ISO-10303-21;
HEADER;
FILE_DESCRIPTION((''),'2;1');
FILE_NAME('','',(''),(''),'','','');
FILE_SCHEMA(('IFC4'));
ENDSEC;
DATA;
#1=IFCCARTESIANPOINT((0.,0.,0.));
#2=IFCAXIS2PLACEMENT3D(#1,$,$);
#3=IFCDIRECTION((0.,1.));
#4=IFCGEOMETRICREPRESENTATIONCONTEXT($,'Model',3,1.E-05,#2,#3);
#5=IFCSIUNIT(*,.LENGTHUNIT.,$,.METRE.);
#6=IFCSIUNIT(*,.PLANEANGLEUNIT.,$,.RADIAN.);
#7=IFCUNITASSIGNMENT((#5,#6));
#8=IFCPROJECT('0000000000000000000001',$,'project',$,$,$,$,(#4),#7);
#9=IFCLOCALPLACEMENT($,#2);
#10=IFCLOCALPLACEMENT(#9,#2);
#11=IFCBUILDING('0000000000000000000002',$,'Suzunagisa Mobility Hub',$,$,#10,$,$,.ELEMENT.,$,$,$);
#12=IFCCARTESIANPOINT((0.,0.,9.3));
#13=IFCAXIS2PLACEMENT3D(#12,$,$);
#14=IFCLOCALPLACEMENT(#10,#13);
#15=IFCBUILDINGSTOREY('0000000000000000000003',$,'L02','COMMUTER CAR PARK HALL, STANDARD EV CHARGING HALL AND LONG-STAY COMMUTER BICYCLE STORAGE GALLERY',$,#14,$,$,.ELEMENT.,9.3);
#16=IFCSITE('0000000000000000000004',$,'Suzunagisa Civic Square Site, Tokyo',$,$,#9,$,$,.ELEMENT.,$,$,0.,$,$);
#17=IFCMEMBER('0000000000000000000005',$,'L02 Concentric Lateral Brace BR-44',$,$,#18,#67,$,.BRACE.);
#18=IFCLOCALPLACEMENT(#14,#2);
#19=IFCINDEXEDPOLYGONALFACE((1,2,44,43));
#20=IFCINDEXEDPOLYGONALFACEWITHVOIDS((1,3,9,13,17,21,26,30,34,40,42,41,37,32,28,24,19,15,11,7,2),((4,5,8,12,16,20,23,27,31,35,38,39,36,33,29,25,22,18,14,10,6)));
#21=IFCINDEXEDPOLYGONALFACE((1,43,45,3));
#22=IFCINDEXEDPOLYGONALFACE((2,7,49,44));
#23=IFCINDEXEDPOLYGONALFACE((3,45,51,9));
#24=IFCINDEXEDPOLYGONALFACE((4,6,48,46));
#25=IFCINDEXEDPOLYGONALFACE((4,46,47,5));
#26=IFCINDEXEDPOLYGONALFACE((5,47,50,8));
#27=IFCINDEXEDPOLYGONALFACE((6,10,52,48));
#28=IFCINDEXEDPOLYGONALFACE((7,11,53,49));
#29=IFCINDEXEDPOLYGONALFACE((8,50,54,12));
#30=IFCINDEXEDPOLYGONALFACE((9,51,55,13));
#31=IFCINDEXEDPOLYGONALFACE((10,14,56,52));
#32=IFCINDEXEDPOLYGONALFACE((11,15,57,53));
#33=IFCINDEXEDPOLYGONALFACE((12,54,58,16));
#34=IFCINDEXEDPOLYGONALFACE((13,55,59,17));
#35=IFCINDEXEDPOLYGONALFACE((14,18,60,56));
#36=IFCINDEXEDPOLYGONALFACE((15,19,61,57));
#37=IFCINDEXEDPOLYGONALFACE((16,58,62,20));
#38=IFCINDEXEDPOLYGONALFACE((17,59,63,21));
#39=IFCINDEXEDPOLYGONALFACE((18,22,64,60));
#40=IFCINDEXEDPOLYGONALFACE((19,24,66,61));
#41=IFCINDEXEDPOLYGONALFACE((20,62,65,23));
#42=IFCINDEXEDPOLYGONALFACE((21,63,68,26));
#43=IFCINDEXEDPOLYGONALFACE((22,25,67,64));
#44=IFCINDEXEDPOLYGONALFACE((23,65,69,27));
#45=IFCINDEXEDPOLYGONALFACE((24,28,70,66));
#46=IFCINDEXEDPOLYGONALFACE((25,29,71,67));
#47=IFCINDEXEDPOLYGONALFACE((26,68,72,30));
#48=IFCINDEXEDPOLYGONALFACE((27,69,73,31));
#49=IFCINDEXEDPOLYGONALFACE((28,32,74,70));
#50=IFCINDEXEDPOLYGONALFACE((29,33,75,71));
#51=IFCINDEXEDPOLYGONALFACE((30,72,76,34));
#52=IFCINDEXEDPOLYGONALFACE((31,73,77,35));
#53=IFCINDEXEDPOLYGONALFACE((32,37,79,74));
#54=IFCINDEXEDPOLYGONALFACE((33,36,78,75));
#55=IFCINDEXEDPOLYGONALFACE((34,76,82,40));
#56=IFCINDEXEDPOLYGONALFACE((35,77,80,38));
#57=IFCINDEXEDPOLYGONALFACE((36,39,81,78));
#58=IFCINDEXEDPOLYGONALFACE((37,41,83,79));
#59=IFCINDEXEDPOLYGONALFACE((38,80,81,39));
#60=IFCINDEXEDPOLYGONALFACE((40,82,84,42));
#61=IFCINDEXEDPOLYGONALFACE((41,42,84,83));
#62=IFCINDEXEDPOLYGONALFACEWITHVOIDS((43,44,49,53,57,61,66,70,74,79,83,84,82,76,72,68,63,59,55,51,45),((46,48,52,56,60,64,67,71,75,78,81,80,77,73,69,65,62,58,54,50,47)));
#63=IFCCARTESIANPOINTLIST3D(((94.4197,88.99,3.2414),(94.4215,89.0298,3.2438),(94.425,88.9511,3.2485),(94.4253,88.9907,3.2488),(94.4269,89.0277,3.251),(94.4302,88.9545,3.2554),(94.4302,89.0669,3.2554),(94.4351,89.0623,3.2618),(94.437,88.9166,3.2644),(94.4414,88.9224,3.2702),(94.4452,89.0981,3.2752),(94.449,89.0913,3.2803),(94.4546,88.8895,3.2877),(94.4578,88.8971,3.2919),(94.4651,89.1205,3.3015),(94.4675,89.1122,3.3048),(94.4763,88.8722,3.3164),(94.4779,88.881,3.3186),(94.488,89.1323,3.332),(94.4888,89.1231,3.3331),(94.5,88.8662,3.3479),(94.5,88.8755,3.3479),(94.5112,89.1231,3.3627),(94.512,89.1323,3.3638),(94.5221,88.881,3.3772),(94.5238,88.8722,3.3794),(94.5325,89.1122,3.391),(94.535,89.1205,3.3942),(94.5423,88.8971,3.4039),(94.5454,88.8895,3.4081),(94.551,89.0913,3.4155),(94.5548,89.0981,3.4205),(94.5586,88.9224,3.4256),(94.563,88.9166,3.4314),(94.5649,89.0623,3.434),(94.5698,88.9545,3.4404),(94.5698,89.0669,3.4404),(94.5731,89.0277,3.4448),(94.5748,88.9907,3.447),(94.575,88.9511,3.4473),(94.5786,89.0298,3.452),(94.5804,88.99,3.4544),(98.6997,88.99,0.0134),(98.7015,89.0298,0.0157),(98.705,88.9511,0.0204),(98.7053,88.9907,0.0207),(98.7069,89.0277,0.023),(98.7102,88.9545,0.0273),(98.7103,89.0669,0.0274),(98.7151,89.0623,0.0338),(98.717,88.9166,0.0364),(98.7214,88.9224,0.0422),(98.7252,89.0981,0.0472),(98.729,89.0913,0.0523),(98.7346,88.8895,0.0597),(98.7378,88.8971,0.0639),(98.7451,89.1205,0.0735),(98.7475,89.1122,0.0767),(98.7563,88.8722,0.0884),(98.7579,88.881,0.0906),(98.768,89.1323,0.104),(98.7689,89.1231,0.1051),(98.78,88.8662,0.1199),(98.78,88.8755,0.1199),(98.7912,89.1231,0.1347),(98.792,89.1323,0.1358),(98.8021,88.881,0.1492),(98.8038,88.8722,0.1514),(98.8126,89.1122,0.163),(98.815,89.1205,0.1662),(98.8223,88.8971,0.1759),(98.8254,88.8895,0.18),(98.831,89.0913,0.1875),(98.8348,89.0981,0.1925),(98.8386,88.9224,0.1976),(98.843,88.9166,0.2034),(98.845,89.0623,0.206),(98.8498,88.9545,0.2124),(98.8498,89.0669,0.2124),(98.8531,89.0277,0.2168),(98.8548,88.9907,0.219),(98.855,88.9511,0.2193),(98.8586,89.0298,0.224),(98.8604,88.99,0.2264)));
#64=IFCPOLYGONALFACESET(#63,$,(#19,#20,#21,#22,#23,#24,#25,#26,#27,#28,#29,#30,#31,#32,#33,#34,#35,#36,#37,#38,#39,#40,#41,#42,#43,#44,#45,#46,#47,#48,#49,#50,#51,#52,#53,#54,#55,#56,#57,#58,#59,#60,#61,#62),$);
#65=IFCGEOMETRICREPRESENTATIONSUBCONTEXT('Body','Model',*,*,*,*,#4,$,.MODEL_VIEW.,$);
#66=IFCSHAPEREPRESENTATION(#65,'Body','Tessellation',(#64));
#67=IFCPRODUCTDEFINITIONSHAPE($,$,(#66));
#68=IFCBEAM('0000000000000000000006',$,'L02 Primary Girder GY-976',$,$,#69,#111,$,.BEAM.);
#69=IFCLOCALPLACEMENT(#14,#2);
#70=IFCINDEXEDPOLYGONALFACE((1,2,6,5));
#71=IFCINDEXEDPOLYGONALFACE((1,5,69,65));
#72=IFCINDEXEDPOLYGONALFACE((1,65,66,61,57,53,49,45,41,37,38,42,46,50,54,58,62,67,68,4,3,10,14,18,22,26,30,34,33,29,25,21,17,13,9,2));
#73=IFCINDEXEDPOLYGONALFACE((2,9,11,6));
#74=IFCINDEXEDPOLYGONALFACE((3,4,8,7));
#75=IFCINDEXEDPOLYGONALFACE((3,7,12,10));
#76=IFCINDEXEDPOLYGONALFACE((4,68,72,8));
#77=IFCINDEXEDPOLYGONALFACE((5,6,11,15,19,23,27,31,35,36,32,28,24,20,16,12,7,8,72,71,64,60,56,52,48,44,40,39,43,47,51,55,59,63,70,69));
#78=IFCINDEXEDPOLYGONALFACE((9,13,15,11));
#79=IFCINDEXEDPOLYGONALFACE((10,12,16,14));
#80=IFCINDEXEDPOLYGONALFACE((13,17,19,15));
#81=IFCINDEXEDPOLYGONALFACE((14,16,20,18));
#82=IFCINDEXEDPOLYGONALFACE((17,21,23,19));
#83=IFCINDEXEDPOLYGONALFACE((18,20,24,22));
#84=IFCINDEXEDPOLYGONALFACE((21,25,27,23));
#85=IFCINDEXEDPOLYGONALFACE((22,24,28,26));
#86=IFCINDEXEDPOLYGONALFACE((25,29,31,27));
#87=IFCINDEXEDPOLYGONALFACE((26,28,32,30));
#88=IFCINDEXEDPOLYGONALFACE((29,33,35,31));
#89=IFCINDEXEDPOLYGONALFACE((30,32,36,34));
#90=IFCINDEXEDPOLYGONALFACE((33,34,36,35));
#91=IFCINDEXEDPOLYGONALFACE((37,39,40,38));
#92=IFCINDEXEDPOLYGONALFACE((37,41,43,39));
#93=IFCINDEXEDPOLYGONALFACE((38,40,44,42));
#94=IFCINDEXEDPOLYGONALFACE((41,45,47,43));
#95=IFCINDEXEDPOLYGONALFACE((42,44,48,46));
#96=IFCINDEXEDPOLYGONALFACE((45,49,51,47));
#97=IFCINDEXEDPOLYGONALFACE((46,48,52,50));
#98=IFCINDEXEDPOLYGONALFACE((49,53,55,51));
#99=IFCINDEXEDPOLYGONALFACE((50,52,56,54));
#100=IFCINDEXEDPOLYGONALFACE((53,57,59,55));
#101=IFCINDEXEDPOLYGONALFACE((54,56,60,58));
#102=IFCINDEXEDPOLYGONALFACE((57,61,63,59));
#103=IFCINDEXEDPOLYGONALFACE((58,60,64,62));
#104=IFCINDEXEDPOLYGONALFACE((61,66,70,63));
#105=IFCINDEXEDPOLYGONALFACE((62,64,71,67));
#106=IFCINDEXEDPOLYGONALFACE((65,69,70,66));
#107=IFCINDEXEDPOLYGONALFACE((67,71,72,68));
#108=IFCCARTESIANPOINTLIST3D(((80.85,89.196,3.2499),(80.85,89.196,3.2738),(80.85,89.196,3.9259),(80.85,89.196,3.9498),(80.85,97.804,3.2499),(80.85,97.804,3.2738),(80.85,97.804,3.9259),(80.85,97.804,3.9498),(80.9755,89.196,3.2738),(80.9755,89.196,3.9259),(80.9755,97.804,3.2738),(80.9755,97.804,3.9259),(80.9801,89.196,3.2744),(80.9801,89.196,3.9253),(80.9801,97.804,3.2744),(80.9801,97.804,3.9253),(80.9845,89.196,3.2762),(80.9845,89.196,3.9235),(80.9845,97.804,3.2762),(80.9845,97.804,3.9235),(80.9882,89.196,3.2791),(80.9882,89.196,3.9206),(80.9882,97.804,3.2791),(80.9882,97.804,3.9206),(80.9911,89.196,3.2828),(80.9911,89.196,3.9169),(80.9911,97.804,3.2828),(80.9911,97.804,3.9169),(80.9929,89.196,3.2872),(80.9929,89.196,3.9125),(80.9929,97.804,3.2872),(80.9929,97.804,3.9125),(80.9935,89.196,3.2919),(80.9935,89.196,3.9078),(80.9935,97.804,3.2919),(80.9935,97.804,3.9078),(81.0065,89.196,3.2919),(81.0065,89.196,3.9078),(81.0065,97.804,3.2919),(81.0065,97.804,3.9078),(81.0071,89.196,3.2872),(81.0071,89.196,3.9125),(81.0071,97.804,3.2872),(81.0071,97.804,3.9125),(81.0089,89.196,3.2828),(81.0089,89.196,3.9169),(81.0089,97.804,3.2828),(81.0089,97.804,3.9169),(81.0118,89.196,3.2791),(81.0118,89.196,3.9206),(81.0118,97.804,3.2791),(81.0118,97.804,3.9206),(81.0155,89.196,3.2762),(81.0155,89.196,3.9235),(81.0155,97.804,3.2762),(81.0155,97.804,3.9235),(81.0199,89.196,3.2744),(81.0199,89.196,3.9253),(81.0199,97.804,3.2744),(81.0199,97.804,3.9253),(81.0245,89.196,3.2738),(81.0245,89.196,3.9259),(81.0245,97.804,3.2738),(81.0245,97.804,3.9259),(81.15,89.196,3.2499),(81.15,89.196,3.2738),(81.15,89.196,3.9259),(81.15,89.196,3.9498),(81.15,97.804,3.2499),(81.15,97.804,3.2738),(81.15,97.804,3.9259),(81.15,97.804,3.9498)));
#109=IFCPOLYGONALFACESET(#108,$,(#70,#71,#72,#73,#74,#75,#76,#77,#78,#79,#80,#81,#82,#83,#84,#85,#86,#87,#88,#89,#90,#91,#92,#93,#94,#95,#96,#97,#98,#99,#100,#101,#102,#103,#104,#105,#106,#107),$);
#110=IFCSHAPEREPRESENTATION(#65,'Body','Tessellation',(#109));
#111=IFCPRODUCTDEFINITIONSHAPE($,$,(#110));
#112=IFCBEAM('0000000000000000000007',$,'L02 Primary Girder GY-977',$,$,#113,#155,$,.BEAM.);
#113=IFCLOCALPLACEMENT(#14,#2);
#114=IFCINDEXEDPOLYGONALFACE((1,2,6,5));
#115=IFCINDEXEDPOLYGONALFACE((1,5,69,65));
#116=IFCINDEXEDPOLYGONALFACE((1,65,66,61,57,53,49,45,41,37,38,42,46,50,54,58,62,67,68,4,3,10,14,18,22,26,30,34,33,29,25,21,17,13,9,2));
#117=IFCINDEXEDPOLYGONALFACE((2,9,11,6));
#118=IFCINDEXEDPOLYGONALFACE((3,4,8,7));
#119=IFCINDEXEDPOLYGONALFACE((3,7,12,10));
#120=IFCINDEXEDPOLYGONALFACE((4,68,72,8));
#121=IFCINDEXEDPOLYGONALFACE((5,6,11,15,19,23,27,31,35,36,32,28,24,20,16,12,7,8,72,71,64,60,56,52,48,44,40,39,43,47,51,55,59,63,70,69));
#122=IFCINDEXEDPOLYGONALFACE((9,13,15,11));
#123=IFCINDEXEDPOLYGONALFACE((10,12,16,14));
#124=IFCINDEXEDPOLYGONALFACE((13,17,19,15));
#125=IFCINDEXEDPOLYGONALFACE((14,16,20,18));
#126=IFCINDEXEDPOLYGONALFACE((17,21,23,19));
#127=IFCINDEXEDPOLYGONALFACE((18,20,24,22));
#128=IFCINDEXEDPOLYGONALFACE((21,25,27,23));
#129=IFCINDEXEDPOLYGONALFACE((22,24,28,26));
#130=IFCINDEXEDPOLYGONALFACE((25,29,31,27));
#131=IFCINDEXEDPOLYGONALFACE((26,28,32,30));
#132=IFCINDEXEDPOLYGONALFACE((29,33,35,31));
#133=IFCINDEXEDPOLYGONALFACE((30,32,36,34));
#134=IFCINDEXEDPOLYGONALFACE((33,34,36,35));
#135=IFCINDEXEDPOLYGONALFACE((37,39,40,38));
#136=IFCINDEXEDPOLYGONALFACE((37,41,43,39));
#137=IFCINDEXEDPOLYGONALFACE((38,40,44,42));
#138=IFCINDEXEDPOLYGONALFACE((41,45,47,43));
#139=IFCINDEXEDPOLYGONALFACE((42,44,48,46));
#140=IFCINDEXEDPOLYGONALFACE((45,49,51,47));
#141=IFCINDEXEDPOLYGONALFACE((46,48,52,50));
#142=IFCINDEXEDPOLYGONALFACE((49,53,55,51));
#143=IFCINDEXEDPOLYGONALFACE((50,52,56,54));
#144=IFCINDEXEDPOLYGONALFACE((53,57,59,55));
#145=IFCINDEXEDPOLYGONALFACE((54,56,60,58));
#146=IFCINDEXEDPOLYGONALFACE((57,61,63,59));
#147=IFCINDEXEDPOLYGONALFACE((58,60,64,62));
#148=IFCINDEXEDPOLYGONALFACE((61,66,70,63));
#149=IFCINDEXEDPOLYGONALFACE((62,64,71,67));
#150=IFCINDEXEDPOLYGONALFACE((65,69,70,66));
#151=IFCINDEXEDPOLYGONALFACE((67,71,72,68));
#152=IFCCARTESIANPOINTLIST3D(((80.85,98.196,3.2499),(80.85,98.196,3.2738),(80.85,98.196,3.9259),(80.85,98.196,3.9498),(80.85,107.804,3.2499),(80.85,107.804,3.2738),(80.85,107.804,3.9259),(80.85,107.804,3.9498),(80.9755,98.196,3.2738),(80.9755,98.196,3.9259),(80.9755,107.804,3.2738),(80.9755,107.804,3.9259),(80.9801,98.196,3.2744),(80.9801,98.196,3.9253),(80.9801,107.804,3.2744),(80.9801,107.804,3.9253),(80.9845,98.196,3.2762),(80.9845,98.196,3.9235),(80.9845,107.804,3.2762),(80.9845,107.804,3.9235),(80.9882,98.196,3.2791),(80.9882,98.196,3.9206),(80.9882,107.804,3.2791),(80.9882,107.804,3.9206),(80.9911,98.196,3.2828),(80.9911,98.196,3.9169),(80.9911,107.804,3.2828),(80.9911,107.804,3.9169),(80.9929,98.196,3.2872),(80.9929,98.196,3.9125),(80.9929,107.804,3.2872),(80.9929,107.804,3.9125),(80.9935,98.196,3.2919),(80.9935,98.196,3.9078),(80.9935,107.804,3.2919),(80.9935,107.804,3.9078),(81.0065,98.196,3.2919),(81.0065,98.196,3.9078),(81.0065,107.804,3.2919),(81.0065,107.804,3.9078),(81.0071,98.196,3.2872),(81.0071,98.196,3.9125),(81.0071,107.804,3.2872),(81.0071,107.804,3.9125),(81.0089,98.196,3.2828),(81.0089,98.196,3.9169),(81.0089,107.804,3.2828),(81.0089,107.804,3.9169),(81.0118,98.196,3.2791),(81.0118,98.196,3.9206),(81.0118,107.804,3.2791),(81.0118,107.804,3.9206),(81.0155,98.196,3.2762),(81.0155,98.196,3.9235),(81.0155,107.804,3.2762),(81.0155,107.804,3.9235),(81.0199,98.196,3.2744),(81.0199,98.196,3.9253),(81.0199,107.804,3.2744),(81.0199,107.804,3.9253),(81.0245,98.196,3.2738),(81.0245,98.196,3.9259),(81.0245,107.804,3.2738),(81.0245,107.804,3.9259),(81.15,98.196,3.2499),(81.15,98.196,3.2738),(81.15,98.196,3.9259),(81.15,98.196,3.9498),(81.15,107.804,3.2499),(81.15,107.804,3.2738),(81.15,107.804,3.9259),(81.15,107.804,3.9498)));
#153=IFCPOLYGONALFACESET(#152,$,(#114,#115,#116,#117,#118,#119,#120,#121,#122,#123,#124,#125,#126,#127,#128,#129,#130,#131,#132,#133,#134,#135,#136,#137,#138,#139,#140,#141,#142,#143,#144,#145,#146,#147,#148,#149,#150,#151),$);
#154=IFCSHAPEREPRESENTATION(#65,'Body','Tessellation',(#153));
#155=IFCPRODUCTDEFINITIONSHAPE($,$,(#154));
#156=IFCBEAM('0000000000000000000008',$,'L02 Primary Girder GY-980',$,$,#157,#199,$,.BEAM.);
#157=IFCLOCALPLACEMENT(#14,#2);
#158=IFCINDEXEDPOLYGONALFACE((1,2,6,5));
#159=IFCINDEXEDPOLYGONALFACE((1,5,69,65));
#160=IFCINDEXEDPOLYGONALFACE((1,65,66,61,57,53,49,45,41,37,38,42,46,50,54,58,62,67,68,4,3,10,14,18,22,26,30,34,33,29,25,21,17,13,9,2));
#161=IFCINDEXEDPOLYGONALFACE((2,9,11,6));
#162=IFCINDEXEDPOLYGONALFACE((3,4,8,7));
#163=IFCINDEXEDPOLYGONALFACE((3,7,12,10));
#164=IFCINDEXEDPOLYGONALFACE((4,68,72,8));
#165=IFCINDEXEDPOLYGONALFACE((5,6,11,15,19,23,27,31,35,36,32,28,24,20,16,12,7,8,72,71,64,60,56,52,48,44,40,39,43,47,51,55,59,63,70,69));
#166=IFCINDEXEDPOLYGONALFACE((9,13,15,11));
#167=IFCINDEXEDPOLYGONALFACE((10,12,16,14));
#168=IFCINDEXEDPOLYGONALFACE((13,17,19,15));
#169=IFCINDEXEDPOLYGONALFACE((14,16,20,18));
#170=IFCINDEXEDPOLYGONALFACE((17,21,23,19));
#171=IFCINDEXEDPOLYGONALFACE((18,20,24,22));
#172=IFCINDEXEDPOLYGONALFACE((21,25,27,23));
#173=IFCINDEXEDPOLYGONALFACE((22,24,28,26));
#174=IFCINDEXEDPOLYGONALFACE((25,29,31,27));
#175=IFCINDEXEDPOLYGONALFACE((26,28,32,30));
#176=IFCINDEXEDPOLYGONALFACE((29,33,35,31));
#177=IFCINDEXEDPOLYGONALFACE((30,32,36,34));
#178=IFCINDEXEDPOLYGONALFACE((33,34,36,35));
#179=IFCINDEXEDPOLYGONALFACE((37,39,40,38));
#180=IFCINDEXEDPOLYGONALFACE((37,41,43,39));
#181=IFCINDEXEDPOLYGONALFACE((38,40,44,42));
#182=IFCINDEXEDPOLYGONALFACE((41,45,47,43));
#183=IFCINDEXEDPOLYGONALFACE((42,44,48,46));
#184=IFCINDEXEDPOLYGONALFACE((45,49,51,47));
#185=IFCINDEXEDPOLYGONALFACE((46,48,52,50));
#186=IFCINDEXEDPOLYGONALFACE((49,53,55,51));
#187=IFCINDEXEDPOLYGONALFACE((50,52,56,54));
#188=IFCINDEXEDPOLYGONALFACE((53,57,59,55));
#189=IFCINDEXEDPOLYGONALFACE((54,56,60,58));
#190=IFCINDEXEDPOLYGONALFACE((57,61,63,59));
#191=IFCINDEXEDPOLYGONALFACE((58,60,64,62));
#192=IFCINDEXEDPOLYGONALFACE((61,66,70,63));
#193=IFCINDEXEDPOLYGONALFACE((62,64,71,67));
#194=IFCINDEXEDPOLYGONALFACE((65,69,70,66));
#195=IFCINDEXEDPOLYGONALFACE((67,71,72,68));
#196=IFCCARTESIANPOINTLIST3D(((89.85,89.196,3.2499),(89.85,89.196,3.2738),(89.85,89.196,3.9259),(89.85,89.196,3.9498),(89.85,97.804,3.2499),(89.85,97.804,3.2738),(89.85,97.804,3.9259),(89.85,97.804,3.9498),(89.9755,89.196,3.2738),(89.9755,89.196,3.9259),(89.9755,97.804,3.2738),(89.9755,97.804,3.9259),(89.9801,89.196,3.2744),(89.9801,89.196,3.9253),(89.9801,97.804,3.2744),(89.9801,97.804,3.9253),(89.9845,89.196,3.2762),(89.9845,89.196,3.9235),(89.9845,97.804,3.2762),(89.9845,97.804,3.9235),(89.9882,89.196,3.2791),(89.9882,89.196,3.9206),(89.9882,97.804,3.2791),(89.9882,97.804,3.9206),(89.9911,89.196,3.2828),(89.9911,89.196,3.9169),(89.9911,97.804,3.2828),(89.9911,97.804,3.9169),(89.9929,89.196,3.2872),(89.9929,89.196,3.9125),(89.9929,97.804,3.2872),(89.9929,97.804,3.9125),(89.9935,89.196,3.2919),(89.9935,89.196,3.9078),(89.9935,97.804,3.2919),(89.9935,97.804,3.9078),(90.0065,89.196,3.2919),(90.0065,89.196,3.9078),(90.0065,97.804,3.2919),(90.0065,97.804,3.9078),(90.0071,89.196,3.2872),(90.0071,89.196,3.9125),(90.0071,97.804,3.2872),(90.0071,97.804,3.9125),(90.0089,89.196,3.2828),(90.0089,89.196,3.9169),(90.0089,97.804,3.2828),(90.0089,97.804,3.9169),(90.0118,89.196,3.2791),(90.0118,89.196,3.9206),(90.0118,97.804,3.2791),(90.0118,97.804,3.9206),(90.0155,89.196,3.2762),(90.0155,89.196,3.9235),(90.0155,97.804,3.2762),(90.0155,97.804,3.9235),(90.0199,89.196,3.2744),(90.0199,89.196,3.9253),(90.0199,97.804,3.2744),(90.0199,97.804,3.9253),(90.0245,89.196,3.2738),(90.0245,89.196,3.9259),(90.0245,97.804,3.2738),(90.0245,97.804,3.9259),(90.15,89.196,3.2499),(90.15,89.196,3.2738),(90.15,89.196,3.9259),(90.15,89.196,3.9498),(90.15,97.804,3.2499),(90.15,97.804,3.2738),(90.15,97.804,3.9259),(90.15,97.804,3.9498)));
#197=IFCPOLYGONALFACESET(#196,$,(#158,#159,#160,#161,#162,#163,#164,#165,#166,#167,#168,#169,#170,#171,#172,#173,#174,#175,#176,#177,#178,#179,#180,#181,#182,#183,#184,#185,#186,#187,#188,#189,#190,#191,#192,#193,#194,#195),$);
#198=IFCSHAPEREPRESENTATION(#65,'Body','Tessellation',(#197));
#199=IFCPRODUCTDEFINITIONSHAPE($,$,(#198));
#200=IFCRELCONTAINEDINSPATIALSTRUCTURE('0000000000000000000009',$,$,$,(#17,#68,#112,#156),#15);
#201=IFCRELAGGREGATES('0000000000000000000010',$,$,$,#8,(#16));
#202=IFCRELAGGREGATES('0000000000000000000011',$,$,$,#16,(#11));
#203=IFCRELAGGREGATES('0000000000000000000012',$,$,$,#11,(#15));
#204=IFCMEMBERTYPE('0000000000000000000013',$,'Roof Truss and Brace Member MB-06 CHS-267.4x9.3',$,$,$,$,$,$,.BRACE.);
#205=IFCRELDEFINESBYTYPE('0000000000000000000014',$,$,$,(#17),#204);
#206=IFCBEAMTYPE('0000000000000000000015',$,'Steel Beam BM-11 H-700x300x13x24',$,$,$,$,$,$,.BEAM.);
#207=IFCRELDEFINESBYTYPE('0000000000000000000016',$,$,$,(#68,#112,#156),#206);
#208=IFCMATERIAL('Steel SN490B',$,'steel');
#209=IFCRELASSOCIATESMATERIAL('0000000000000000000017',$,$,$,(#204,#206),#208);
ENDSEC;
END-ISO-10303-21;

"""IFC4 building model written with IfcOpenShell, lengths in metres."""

from ifc_helpers import new_model, si_unit, direction, frame, origin, origin_2d, place, context, subcontext, project, spatial, hollow_circle, i_section, extrude, material, material_profile, profile_set, type_object, element, save


model = new_model("IFC4")

# Units and contexts
model_context = context("Model", 3, precision=1e-05, world=origin(), true_north=direction((0.0, 1.0)))
body_context = subcontext(model_context, "Body", "Model", "MODEL_VIEW")
ifc_project = project(units=[si_unit("LENGTHUNIT", "METRE"), si_unit("PLANEANGLEUNIT", "RADIAN")], contexts=[model_context])

# Site, building, storey
site_placement = place(None, origin())
site = spatial("IfcSite", under=ifc_project, at=site_placement, Name="Suzunagisa Civic Square Site, Tokyo", CompositionType="ELEMENT", RefElevation=0.0)
building_placement = place(site_placement, origin())
building = spatial("IfcBuilding", under=site, at=building_placement, Name="Suzunagisa Mobility Hub", CompositionType="ELEMENT")
storey_placement = place(building_placement, frame((0.0, 0.0, 9.3)))
storey = spatial("IfcBuildingStorey", under=building, at=storey_placement, Name="L02", Description="COMMUTER CAR PARK HALL, STANDARD EV CHARGING HALL AND LONG-STAY COMMUTER BICYCLE STORAGE GALLERY", CompositionType="ELEMENT", Elevation=9.3)

# Shared definitions
ifc_material_1 = material(Name="Steel SN490B", Category="steel")

# Member
ifc_material_profile_1 = material_profile(ifc_material_1, hollow_circle(Radius=0.1338, WallThickness=0.0093, at=origin_2d()), Name="CHS-267.4x9.3")
ifc_profile_set_1 = profile_set([ifc_material_profile_1], Name="Steel SN490B")
member_type = type_object("IfcMemberType", Name="Roof Truss and Brace Member MB-06 CHS-267.4x9.3", PredefinedType="BRACE", material=ifc_profile_set_1)
for number, where, z_axis, x_axis, name in (
    (1, (98.78, 89.0, 0.1199), (-0.798385, 0.0, 0.602147), (0.0, -1.0, 0.0), "L02 Concentric Lateral Brace BR-44"),
):
    element("IfcMember", number, at=place(storey_placement, frame(where, z_axis=z_axis, x_axis=x_axis)), inside=storey, type_object=member_type, Name=name, PredefinedType="BRACE", context=body_context, shape_type="SweptSolid", body=[
        extrude(hollow_circle(Radius=0.1338, WallThickness=0.0093, at=origin_2d()), origin(), (0.0, 0.0, 1.0), 5.3608),
    ])

# Beams
ifc_material_profile_2 = material_profile(ifc_material_1, i_section(OverallWidth=0.3, OverallDepth=0.7, WebThickness=0.0129, FlangeThickness=0.0239, FilletRadius=0.0181, at=origin_2d()), Name="H-700x300x13x24")
ifc_profile_set_2 = profile_set([ifc_material_profile_2], Name="Steel SN490B")
beam_type_1 = type_object("IfcBeamType", Name="Steel Beam BM-11 H-700x300x13x24", PredefinedType="BEAM", material=ifc_profile_set_2)
beam_1_placement = place(storey_placement, frame((81.0, 89.196, 3.5999), z_axis=(0.0, 1.0, 0.0), x_axis=(-1.0, 0.0, 0.0)))
element("IfcBeam", 2, at=beam_1_placement, inside=storey, type_object=beam_type_1, Name="L02 Primary Girder GY-976", PredefinedType="BEAM", context=body_context, shape_type="SweptSolid", body=[
    extrude(i_section(OverallWidth=0.3, OverallDepth=0.7, WebThickness=0.0129, FlangeThickness=0.0239, FilletRadius=0.0181, at=origin_2d()), origin(), (0.0, 0.0, 1.0), 8.6079),
])
beam_2_placement = place(storey_placement, frame((81.0, 98.196, 3.5999), z_axis=(0.0, 1.0, 0.0), x_axis=(-1.0, 0.0, 0.0)))
element("IfcBeam", 3, at=beam_2_placement, inside=storey, type_object=beam_type_1, Name="L02 Primary Girder GY-977", PredefinedType="BEAM", context=body_context, shape_type="SweptSolid", body=[
    extrude(i_section(OverallWidth=0.3, OverallDepth=0.7, WebThickness=0.0129, FlangeThickness=0.0239, FilletRadius=0.0181, at=origin_2d()), origin(), (0.0, 0.0, 1.0), 9.6079),
])
beam_3_placement = place(storey_placement, frame((90.0, 89.196, 3.5999), z_axis=(0.0, 1.0, 0.0), x_axis=(-1.0, 0.0, 0.0)))
element("IfcBeam", 4, at=beam_3_placement, inside=storey, type_object=beam_type_1, Name="L02 Primary Girder GY-980", PredefinedType="BEAM", context=body_context, shape_type="SweptSolid", body=[
    extrude(i_section(OverallWidth=0.3, OverallDepth=0.7, WebThickness=0.0129, FlangeThickness=0.0239, FilletRadius=0.0181, at=origin_2d()), origin(), (0.0, 0.0, 1.0), 8.6079),
])

save(model, "model.ifc")
